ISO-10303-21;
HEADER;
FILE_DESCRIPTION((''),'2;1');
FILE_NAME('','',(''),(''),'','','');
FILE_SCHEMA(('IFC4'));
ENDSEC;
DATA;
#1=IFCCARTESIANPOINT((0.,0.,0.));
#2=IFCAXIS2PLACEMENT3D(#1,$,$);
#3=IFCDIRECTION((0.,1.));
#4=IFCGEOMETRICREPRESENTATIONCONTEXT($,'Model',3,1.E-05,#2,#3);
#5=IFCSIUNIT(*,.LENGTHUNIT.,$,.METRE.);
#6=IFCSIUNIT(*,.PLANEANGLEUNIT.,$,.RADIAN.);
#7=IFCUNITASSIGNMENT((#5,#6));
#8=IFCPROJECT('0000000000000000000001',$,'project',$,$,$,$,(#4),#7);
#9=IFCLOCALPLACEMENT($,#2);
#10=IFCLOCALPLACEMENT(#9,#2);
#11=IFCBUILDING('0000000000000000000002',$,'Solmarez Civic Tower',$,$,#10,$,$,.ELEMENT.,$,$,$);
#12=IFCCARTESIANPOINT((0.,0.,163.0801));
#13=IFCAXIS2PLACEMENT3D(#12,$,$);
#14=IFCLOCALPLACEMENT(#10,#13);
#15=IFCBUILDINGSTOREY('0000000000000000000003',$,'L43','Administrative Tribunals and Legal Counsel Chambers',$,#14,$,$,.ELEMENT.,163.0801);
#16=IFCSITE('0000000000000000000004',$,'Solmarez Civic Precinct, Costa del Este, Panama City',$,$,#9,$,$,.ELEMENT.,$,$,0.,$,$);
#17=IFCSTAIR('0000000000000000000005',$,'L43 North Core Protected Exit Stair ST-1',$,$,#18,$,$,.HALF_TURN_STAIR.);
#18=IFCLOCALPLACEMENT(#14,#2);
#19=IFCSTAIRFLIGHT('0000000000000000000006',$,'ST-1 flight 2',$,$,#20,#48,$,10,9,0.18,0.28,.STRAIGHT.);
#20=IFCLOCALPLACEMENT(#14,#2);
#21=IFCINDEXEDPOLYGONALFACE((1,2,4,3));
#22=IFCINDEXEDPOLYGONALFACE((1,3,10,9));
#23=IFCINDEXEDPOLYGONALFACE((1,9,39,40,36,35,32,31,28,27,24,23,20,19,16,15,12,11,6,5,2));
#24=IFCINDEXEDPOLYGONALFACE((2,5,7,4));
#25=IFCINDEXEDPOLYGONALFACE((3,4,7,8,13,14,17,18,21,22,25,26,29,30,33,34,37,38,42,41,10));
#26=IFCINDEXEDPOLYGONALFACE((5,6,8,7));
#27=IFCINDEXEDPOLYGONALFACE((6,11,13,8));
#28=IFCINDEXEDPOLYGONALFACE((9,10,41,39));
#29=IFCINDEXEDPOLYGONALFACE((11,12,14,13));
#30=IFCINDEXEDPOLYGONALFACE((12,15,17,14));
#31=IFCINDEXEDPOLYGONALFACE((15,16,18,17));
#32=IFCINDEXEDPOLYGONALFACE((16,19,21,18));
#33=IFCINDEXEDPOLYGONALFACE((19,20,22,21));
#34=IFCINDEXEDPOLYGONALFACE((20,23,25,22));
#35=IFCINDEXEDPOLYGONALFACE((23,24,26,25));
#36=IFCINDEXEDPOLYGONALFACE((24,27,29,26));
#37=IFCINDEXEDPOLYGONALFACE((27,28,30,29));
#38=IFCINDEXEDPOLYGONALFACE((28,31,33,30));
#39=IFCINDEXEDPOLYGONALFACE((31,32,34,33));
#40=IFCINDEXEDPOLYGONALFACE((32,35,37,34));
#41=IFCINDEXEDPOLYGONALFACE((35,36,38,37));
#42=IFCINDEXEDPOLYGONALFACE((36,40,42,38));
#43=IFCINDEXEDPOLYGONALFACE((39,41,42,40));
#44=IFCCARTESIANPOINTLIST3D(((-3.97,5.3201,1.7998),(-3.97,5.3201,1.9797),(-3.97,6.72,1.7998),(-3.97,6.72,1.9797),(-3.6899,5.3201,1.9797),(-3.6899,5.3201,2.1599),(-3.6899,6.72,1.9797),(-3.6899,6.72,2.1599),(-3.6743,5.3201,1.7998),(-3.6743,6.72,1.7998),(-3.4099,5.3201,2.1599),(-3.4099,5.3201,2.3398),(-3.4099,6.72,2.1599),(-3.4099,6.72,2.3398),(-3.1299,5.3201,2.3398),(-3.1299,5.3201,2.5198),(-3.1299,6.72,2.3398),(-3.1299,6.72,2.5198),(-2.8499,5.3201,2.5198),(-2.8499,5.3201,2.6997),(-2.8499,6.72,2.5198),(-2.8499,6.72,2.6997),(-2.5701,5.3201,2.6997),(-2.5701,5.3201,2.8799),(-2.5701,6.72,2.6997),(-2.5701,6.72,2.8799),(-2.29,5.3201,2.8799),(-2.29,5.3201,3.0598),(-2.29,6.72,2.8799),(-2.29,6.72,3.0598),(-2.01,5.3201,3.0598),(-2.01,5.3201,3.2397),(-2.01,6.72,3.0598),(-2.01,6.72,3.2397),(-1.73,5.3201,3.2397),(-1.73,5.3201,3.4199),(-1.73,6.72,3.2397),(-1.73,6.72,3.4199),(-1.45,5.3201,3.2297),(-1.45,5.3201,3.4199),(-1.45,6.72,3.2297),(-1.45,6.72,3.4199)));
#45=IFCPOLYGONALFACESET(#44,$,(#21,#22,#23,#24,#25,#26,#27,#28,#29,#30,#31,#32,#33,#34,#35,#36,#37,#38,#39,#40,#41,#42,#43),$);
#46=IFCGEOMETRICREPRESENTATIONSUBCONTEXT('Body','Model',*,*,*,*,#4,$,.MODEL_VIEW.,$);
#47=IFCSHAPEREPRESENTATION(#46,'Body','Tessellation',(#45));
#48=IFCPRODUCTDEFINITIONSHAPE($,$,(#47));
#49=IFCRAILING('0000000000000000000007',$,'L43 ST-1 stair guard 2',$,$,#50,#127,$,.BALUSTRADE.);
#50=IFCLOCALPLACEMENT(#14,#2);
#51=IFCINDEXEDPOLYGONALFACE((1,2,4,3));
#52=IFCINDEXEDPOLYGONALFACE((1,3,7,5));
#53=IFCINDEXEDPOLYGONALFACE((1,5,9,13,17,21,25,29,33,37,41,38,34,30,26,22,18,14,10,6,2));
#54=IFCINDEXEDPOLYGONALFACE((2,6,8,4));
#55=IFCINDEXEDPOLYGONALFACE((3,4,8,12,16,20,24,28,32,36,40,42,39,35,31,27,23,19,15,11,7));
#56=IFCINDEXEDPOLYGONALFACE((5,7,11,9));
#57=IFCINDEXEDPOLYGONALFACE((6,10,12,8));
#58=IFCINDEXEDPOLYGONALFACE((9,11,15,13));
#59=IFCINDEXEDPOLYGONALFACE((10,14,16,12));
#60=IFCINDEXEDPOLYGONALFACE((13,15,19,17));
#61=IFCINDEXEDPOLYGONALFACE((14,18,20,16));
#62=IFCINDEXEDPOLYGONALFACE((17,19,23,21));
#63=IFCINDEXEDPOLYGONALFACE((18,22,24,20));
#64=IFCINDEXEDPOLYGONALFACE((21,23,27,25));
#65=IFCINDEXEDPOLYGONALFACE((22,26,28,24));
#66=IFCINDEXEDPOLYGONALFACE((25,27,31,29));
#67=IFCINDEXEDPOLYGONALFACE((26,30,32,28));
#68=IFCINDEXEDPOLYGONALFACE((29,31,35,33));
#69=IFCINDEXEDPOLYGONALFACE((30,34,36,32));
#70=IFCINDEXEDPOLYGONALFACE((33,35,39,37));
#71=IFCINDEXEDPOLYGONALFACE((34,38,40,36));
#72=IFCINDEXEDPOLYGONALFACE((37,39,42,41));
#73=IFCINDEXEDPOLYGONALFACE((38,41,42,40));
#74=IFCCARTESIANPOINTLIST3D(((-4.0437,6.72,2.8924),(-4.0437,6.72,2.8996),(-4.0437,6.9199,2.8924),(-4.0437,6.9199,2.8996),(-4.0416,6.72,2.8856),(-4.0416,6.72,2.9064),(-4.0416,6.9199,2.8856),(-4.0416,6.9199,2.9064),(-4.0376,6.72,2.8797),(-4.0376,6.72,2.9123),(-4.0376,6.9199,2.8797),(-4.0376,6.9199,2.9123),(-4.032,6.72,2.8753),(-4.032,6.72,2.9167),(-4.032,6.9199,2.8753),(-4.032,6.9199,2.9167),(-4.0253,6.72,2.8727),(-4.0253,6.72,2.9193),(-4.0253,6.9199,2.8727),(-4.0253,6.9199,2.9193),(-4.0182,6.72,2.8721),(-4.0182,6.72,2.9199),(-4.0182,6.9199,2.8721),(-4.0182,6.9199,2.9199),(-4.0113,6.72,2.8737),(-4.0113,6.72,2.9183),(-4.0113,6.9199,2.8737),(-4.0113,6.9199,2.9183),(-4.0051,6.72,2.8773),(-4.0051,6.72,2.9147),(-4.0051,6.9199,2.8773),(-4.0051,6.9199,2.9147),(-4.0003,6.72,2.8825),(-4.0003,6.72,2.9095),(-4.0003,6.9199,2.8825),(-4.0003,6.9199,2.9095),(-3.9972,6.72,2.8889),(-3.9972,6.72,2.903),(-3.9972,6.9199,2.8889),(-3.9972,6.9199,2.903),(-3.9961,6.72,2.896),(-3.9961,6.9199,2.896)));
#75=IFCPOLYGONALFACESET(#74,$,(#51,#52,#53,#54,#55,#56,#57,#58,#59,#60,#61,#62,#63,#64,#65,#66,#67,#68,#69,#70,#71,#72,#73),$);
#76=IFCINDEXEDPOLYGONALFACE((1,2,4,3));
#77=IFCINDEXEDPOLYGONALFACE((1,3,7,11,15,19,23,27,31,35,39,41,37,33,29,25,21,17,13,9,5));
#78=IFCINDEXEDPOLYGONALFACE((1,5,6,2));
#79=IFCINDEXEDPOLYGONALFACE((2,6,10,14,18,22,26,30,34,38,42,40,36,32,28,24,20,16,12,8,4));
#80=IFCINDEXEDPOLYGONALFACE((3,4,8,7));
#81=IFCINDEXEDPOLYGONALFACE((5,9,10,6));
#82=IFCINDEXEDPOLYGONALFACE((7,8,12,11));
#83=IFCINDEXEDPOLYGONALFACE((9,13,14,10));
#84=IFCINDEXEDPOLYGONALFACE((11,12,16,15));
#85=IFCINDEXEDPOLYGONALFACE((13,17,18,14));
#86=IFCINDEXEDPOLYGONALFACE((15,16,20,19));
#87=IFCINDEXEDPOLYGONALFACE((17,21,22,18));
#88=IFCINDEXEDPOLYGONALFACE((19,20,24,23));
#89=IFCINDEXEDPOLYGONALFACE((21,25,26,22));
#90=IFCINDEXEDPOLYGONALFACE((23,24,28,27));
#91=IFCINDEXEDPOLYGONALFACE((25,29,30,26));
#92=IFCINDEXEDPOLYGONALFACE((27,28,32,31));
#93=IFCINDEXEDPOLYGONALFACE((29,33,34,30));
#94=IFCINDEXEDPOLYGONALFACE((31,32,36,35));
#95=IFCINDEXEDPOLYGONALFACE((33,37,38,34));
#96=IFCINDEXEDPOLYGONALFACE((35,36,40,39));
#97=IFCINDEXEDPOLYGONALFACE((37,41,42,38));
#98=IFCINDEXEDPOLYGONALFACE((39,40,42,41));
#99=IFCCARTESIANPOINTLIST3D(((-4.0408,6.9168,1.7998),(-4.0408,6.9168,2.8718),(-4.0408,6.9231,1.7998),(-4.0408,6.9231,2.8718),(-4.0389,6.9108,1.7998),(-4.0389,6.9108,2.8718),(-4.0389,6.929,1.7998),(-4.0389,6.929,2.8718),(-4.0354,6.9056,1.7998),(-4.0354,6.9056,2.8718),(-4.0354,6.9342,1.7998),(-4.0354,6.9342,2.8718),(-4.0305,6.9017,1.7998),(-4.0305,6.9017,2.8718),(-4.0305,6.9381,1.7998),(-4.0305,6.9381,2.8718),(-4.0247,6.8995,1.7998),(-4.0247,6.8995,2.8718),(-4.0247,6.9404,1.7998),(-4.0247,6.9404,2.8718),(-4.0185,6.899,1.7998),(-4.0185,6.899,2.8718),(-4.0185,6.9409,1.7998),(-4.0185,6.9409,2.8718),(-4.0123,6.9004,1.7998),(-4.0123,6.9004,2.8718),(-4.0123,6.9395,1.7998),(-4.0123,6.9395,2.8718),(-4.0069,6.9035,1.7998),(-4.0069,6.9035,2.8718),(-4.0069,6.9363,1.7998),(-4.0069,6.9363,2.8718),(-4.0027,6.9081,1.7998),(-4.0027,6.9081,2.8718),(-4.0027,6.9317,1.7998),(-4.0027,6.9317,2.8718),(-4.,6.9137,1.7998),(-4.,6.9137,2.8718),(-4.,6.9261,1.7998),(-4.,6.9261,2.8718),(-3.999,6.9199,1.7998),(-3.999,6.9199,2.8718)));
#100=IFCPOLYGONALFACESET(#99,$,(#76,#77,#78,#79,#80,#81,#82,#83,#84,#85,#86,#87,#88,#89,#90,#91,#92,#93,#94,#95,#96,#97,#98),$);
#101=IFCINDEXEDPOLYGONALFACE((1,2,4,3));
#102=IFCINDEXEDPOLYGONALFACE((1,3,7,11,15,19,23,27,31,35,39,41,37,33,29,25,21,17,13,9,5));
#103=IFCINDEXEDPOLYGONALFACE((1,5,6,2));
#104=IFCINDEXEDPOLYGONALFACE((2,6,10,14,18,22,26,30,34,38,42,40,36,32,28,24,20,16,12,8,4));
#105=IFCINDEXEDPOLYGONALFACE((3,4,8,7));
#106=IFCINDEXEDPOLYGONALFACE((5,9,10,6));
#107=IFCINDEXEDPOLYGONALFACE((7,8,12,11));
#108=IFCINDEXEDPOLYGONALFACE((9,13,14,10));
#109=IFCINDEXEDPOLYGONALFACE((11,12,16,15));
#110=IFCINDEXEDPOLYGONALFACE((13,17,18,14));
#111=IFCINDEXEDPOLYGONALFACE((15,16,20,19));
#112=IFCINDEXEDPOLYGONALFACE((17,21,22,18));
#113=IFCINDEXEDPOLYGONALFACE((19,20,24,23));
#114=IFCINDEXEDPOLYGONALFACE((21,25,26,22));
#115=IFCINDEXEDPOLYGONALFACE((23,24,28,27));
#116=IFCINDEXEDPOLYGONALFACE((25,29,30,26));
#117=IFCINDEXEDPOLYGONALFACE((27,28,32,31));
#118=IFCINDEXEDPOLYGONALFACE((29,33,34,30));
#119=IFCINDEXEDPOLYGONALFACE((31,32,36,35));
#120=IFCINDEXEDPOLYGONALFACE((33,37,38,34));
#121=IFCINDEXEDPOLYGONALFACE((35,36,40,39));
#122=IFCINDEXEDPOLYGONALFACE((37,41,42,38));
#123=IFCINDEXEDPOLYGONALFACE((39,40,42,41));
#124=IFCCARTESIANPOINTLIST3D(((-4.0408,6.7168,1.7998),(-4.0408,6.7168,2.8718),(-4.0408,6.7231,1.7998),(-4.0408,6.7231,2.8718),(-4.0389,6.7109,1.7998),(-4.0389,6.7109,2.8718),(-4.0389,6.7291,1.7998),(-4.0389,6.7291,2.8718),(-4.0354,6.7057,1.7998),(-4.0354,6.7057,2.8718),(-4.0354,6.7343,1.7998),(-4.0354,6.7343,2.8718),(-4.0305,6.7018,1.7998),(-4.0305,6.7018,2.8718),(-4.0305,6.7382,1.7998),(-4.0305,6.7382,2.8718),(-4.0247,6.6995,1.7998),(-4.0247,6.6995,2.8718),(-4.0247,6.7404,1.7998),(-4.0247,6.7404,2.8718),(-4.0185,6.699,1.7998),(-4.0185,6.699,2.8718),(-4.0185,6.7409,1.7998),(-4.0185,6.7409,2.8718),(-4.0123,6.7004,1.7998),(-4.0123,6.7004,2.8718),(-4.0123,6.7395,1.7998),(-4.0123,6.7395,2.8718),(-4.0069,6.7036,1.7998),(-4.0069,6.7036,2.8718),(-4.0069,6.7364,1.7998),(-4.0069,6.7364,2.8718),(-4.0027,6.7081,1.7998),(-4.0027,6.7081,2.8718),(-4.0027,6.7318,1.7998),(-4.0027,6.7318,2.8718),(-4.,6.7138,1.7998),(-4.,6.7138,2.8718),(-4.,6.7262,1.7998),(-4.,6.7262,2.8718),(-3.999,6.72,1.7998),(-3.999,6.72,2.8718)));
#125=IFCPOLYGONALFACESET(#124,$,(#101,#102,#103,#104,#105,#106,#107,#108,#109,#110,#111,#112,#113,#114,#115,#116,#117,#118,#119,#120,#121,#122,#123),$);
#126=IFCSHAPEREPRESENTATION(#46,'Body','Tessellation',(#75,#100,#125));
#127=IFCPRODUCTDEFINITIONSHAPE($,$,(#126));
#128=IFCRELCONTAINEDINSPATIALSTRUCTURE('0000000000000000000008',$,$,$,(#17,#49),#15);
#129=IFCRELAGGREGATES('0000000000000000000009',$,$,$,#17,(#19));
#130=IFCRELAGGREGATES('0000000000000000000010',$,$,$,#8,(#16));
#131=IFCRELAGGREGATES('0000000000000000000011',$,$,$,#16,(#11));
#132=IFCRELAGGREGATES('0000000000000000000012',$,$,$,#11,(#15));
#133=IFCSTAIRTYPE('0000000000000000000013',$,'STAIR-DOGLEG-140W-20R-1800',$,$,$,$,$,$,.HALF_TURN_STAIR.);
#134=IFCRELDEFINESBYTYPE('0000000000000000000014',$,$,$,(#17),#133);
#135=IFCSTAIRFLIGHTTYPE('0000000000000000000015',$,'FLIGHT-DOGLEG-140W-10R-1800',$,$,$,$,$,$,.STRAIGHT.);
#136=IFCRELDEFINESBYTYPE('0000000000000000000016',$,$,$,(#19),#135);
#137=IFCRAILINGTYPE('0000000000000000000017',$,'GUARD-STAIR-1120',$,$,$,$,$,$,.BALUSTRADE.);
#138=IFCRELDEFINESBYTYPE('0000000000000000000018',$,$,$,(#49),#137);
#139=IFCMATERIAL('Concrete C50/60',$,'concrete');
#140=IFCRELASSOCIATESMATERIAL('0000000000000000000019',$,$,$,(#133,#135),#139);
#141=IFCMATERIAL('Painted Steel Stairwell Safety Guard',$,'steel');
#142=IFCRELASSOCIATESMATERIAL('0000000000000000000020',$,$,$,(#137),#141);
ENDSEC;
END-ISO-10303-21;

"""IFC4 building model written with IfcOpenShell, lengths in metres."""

from ifc_helpers import new_model, si_unit, direction, frame, origin, origin_2d, place, context, subcontext, project, spatial, polyline, circle, outline, extrude, material, type_object, element, aggregate, save


model = new_model("IFC4")

# Units and contexts
model_context = context("Model", 3, precision=1e-05, world=origin(), true_north=direction((0.0, 1.0)))
body_context = subcontext(model_context, "Body", "Model", "MODEL_VIEW")
ifc_project = project(units=[si_unit("LENGTHUNIT", "METRE"), si_unit("PLANEANGLEUNIT", "RADIAN")], contexts=[model_context])

# Site, building, storey
site_placement = place(None, origin())
site = spatial("IfcSite", under=ifc_project, at=site_placement, Name="Solmarez Civic Precinct, Costa del Este, Panama City", CompositionType="ELEMENT", RefElevation=0.0)
building_placement = place(site_placement, origin())
building = spatial("IfcBuilding", under=site, at=building_placement, Name="Solmarez Civic Tower", CompositionType="ELEMENT")
storey_placement = place(building_placement, frame((0.0, 0.0, 163.0801)))
storey = spatial("IfcBuildingStorey", under=building, at=storey_placement, Name="L43", Description="Administrative Tribunals and Legal Counsel Chambers", CompositionType="ELEMENT", Elevation=163.0801)

# Shared definitions
ifc_material_1 = material(Name="Concrete C50/60", Category="concrete")

# Stair, stair flight
stair_type = type_object("IfcStairType", Name="STAIR-DOGLEG-140W-20R-1800", PredefinedType="HALF_TURN_STAIR", material=ifc_material_1)
stair_placement = place(storey_placement, origin())
stair = element("IfcStair", 1, at=stair_placement, inside=storey, type_object=stair_type, Name="L43 North Core Protected Exit Stair ST-1", PredefinedType="HALF_TURN_STAIR")
stair_flight_type = type_object("IfcStairFlightType", Name="FLIGHT-DOGLEG-140W-10R-1800", PredefinedType="STRAIGHT", material=ifc_material_1)
stair_flight_placement = place(storey_placement, frame((-3.97, 6.02, 1.7998), z_axis=(0.0, 0.0, 1.0), x_axis=(1.0, 0.0, 0.0)))
stair_flight = element("IfcStairFlight", 2, at=stair_flight_placement, type_object=stair_flight_type, Name="ST-1 flight 2", NumberOfRisers=10, NumberOfTreads=9, PredefinedType="STRAIGHT", RiserHeight=0.18, TreadLength=0.28, context=body_context, shape_type="SweptSolid", body=[
    extrude(outline(polyline([(0.0, 0.0), (0.0, 0.1799), (0.28, 0.1799), (0.28, 0.3601), (0.5601, 0.3601), (0.5601, 0.54), (0.8401, 0.54), (0.8401, 0.72), (1.1201, 0.72), (1.1201, 0.8999), (1.3999, 0.8999), (1.3999, 1.0801), (1.6799, 1.0801), (1.6799, 1.26), (1.96, 1.26), (1.96, 1.4399), (2.24, 1.4399), (2.24, 1.6201), (2.52, 1.6201), (2.52, 1.8), (2.52, 1.4299), (0.2957, 0.0), (0.0, 0.0)])), frame((0.0, 0.7, 0.0), z_axis=(0.0, -1.0, 0.0), x_axis=(1.0, 0.0, 0.0)), (0.0, 0.0, 1.0), 1.3999),
])
aggregate(stair, [stair_flight])

# Railing
ifc_material_2 = material(Name="Painted Steel Stairwell Safety Guard", Category="steel")
railing_type_1 = type_object("IfcRailingType", Name="GUARD-STAIR-1120", PredefinedType="BALUSTRADE", material=ifc_material_2)
railing_1_placement = place(storey_placement, frame((-4.02, 6.9199, 1.7998)))
element("IfcRailing", 3, at=railing_1_placement, inside=storey, type_object=railing_type_1, Name="L43 ST-1 stair guard 2", PredefinedType="BALUSTRADE", context=body_context, shape_type="SweptSolid", body=[
    extrude(circle(Radius=0.0239, at=origin_2d()), frame((0.0, 0.0, 1.0962), z_axis=(0.0, -1.0, 0.0), x_axis=(1.0, 0.0, 0.0)), (0.0, 0.0, 1.0), 0.2),
    extrude(circle(Radius=0.021, at=origin_2d()), origin(), (0.0, 0.0, 1.0), 1.072),
    extrude(circle(Radius=0.021, at=origin_2d()), frame((0.0, -0.2, 0.0)), (0.0, 0.0, 1.0), 1.072),
])

save(model, "model.ifc")
